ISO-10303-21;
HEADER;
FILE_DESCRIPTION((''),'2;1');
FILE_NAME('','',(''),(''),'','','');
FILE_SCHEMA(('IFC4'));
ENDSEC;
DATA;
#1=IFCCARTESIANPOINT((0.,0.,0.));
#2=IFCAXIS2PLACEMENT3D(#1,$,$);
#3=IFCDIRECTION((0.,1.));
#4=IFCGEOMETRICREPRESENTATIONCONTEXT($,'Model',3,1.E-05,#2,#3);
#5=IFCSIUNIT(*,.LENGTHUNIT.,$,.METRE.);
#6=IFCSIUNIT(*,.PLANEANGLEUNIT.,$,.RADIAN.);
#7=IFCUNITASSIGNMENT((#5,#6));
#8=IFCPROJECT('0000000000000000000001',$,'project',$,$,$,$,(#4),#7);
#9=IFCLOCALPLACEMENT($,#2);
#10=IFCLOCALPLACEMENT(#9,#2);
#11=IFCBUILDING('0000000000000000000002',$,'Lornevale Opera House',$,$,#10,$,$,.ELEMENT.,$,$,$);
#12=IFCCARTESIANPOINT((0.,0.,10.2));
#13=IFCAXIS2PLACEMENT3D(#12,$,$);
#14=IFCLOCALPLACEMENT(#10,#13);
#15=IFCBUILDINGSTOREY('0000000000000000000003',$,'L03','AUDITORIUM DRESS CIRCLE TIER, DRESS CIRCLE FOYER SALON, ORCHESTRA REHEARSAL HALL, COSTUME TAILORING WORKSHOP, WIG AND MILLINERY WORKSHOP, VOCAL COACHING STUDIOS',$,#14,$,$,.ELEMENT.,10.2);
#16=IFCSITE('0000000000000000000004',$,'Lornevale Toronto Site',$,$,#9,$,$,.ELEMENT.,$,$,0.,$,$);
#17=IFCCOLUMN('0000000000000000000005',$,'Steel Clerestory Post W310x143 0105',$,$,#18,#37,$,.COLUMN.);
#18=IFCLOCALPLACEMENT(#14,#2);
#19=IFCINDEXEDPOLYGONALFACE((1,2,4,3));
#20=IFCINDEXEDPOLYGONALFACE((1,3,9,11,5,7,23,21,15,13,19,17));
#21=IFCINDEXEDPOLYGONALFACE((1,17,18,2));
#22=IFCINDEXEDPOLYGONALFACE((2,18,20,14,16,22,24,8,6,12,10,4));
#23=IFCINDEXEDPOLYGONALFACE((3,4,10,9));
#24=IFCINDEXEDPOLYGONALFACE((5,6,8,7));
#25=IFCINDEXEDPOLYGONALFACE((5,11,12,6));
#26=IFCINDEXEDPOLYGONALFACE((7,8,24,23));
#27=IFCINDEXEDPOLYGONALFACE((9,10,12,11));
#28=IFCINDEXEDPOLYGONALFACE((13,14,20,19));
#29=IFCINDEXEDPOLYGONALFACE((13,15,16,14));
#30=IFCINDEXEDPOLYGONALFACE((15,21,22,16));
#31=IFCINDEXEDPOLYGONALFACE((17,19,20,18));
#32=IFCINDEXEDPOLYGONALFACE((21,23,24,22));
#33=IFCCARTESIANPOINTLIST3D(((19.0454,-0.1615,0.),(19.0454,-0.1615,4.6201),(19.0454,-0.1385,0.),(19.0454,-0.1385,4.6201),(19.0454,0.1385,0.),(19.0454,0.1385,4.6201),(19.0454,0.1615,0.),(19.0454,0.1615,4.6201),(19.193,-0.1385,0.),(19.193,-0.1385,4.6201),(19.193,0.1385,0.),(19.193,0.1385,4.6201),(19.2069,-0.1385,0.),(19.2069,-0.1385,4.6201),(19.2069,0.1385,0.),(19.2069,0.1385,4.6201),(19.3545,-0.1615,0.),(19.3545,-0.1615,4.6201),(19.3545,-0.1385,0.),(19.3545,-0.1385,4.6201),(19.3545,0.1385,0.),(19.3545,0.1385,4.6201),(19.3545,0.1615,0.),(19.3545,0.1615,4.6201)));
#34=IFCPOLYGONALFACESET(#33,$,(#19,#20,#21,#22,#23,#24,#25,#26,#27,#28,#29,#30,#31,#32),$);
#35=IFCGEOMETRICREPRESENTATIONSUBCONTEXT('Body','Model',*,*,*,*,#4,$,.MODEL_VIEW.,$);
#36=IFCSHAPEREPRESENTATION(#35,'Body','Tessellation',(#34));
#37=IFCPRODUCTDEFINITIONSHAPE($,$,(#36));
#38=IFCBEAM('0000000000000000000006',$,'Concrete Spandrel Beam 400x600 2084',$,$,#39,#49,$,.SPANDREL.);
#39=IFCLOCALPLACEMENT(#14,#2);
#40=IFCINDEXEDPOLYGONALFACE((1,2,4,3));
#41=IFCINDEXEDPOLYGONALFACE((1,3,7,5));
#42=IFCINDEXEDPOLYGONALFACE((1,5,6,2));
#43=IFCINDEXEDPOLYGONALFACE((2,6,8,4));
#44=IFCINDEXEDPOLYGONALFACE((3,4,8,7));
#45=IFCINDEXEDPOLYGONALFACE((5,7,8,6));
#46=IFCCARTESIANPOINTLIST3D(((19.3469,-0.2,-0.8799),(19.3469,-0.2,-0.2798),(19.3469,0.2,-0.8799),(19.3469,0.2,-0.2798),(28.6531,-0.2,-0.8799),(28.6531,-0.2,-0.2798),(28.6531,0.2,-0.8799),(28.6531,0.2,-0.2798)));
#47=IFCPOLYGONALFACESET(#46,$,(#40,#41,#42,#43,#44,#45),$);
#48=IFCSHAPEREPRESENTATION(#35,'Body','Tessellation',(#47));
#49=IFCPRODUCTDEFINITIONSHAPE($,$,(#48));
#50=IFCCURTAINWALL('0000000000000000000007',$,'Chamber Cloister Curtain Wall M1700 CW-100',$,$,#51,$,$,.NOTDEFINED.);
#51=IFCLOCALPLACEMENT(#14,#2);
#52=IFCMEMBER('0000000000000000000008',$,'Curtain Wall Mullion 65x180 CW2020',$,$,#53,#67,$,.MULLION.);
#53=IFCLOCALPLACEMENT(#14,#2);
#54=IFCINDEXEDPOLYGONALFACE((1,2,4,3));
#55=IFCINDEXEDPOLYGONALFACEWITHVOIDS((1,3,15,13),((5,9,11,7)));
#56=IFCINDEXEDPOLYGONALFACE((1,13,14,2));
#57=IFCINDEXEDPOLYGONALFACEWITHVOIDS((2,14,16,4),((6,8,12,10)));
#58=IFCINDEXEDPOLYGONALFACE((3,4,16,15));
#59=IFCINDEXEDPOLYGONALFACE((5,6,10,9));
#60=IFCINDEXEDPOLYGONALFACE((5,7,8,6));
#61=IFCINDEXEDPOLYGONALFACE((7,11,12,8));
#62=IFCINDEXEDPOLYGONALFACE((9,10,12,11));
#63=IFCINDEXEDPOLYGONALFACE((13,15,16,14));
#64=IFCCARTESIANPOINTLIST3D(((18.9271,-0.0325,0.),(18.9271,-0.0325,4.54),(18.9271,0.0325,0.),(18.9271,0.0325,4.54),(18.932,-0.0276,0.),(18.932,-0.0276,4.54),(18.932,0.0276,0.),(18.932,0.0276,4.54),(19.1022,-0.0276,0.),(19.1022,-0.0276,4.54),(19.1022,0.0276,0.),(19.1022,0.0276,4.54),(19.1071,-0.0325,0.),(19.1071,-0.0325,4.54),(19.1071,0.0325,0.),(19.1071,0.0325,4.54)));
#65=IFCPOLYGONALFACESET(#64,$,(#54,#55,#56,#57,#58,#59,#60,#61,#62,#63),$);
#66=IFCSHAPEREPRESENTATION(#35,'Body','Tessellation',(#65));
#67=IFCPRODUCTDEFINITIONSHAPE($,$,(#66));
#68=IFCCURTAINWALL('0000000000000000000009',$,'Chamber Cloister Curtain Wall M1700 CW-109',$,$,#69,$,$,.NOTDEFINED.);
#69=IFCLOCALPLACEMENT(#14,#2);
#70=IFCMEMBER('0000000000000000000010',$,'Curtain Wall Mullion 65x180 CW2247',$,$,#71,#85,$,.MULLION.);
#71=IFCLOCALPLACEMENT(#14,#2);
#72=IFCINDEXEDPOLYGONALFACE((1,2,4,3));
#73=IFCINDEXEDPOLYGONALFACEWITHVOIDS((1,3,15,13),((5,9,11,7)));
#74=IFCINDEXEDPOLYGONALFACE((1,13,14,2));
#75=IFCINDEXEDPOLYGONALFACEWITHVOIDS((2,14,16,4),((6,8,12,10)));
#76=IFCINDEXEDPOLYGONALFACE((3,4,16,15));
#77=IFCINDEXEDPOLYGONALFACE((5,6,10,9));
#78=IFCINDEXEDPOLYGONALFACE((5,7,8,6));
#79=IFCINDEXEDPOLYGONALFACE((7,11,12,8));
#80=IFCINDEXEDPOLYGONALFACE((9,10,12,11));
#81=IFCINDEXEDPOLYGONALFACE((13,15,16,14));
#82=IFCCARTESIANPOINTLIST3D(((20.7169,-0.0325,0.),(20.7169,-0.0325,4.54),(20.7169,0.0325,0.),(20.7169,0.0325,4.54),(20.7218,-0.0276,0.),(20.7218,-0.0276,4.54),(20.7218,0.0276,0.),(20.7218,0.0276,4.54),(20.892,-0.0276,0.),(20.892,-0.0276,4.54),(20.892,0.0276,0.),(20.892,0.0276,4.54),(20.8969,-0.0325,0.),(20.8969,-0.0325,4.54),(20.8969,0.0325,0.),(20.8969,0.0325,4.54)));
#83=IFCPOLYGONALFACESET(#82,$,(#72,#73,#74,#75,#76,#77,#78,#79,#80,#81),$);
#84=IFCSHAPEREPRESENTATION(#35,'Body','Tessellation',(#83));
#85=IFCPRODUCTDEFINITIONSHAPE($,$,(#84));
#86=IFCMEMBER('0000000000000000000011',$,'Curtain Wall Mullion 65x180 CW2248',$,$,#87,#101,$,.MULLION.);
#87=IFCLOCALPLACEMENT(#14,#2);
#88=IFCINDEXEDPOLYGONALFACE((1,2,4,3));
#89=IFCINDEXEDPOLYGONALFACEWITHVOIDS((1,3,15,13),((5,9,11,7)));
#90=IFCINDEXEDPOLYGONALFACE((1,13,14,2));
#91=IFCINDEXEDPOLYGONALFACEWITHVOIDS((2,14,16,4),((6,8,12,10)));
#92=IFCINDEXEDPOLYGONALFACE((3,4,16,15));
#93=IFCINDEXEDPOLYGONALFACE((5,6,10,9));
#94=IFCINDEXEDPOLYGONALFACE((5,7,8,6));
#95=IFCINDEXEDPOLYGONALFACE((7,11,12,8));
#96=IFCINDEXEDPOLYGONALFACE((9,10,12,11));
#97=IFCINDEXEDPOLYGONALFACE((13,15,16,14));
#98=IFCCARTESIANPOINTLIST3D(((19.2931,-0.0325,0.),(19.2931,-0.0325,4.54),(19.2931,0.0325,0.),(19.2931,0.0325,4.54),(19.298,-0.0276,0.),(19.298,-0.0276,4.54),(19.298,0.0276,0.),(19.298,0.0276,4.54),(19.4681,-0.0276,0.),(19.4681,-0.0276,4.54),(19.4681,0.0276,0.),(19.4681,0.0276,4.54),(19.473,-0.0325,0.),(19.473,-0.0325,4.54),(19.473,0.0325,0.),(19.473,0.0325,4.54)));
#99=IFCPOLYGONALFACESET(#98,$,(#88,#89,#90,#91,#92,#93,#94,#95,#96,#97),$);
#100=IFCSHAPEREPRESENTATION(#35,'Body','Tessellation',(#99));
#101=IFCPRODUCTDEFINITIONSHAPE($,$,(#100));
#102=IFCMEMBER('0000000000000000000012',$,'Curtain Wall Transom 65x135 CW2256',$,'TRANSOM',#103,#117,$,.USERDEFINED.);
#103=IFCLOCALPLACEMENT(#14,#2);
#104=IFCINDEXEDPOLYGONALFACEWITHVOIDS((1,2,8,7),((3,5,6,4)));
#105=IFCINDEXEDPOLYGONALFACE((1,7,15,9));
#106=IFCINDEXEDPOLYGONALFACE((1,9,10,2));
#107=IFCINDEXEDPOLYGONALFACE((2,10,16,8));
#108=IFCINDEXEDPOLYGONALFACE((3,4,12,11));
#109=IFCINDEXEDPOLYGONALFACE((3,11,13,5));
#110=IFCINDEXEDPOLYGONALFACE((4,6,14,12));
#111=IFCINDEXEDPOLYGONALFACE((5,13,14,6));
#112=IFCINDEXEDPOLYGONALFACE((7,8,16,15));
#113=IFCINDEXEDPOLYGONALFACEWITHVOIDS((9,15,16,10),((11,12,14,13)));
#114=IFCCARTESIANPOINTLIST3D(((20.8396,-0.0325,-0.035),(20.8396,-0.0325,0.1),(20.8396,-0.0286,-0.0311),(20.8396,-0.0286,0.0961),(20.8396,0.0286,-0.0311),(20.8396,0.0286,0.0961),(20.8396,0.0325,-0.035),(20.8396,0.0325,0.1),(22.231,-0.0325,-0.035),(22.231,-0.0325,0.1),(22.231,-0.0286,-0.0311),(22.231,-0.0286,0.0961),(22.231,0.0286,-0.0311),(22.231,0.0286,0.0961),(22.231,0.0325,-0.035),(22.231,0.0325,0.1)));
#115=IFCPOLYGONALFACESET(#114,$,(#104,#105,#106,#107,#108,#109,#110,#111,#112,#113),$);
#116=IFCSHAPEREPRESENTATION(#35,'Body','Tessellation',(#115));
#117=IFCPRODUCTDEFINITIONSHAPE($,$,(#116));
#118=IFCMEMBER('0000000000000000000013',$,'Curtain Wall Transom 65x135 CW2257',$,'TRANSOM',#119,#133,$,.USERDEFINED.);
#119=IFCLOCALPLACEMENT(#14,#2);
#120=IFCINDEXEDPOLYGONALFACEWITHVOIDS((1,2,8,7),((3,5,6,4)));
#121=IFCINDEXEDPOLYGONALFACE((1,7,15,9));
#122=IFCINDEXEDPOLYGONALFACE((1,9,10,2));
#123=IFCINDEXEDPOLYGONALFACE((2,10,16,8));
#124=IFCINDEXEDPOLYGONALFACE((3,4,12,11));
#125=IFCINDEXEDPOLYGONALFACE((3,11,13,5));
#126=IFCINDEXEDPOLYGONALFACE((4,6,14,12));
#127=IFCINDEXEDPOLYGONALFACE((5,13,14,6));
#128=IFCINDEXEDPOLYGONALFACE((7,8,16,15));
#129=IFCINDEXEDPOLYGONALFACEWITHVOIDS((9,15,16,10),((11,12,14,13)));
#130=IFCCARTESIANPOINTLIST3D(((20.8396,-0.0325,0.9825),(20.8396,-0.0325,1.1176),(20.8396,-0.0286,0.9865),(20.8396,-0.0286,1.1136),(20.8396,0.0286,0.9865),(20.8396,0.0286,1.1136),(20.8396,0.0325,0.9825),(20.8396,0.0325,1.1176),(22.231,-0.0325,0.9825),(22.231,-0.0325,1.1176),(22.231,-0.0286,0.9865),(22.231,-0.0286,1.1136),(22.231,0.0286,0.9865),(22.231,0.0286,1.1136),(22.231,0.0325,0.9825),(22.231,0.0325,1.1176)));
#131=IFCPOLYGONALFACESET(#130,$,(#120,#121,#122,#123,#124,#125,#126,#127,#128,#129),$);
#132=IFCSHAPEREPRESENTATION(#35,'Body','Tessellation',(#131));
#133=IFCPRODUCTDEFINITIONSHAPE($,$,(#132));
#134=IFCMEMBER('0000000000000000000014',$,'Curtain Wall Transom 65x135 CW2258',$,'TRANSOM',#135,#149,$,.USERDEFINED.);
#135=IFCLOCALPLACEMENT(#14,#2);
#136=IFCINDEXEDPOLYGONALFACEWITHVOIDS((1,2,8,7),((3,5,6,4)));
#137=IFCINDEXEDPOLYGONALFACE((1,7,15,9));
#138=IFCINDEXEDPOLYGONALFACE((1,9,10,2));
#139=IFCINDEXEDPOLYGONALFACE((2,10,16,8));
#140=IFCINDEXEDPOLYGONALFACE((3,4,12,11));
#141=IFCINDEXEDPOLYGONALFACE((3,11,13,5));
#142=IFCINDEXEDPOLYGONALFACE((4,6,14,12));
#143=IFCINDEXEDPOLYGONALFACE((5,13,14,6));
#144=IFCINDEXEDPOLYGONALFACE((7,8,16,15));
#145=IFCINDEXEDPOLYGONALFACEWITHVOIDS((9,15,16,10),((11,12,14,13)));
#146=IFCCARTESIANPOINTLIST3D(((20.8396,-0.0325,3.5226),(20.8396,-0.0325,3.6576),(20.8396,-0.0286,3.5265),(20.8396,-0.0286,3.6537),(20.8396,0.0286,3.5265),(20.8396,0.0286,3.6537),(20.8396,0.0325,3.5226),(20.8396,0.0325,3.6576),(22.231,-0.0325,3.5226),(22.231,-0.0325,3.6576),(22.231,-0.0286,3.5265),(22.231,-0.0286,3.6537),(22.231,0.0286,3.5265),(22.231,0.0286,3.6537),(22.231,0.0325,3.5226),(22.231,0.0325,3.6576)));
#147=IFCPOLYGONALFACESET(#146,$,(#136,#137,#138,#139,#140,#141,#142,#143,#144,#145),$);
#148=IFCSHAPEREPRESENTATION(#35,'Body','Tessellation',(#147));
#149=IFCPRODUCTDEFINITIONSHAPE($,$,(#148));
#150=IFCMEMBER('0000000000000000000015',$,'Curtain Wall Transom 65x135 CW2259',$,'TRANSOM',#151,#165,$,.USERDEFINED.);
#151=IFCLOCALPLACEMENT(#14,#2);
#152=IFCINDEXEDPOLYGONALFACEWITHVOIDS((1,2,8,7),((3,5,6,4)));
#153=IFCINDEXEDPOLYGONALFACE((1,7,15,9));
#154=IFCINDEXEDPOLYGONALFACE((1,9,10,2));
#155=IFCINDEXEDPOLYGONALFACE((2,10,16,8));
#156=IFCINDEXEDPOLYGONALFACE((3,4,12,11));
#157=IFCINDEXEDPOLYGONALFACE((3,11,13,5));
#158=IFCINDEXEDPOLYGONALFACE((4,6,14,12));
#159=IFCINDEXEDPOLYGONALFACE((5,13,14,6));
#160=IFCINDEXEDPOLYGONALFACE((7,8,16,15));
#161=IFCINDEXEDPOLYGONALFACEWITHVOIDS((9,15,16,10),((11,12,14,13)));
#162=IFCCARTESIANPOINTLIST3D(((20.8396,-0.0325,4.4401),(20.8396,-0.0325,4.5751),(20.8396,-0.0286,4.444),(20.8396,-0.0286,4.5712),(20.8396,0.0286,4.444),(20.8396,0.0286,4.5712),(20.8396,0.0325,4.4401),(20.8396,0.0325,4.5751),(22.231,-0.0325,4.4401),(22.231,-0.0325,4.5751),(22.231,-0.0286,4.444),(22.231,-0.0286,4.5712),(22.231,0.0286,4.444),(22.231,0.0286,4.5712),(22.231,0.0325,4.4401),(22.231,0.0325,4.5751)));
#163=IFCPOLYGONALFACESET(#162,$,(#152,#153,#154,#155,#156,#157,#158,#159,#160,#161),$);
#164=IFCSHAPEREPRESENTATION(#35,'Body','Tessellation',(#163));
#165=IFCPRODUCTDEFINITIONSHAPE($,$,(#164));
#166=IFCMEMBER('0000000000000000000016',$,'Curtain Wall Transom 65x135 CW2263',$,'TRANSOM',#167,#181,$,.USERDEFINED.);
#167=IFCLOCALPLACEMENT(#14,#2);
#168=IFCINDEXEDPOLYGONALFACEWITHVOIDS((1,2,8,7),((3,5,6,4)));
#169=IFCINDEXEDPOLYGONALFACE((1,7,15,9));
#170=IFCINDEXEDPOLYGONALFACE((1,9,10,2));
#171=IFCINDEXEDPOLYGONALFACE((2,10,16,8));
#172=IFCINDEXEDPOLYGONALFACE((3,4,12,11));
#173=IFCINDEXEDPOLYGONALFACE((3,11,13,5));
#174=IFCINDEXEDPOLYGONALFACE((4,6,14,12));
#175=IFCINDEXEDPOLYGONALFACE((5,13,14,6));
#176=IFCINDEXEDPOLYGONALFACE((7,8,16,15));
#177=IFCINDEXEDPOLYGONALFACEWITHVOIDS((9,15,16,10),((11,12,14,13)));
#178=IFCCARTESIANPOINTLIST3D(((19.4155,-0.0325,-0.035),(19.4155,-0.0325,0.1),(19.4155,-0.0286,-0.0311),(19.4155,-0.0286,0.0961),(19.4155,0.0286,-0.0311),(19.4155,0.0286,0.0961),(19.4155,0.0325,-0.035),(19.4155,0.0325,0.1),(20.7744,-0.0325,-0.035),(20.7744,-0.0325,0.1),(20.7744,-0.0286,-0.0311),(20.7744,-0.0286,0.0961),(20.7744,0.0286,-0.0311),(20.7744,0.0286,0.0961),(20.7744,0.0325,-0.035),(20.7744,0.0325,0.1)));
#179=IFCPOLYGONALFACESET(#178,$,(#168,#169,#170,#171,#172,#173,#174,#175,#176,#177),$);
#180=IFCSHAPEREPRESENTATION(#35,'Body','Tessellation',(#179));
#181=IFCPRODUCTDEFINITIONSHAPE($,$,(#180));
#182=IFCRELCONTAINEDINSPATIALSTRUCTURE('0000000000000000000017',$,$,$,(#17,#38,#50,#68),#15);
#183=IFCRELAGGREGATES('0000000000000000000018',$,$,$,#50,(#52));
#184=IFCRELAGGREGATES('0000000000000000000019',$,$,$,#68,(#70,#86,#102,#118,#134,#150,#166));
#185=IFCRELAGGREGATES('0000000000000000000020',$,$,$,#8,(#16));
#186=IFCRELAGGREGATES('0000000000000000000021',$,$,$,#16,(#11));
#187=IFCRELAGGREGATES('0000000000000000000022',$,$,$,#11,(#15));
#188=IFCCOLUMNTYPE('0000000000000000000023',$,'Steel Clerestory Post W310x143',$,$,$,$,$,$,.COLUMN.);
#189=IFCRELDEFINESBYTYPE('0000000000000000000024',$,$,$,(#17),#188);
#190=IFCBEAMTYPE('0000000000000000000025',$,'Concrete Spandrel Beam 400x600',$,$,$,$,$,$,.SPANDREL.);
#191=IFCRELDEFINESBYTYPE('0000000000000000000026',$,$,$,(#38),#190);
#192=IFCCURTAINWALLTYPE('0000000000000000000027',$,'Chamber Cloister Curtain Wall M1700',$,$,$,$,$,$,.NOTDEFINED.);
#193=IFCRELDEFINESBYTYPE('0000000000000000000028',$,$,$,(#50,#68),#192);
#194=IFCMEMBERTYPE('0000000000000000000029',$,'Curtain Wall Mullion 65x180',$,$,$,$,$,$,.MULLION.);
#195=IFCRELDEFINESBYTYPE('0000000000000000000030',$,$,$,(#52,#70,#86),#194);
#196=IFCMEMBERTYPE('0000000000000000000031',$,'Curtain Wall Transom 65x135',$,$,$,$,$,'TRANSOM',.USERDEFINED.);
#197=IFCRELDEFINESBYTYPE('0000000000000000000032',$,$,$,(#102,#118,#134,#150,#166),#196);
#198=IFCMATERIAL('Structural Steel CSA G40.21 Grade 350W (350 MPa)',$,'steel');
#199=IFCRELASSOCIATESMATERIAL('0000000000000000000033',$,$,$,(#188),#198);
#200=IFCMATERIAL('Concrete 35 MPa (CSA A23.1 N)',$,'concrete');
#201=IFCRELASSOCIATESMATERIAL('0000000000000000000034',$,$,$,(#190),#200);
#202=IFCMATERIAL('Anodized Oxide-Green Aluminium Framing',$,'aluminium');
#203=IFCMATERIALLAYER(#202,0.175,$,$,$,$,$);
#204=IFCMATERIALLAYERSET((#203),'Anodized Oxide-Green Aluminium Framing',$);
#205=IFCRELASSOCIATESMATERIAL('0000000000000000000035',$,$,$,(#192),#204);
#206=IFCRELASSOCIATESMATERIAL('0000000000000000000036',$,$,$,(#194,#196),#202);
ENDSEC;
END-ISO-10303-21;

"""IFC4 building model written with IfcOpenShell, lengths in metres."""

from ifc_helpers import new_model, si_unit, direction, frame, origin, origin_2d, place, context, subcontext, project, spatial, rectangle, hollow_rectangle, i_section, extrude, material, layer, layer_set, material_profile, profile_set, type_object, element, aggregate, save


model = new_model("IFC4")

# Units and contexts
model_context = context("Model", 3, precision=1e-05, world=origin(), true_north=direction((0.0, 1.0)))
body_context = subcontext(model_context, "Body", "Model", "MODEL_VIEW")
ifc_project = project(units=[si_unit("LENGTHUNIT", "METRE"), si_unit("PLANEANGLEUNIT", "RADIAN")], contexts=[model_context])

# Site, building, storey
site_placement = place(None, origin())
site = spatial("IfcSite", under=ifc_project, at=site_placement, Name="Lornevale Toronto Site", CompositionType="ELEMENT", RefElevation=0.0)
building_placement = place(site_placement, origin())
building = spatial("IfcBuilding", under=site, at=building_placement, Name="Lornevale Opera House", CompositionType="ELEMENT")
storey_placement = place(building_placement, frame((0.0, 0.0, 10.2)))
storey = spatial("IfcBuildingStorey", under=building, at=storey_placement, Name="L03", Description="AUDITORIUM DRESS CIRCLE TIER, DRESS CIRCLE FOYER SALON, ORCHESTRA REHEARSAL HALL, COSTUME TAILORING WORKSHOP, WIG AND MILLINERY WORKSHOP, VOCAL COACHING STUDIOS", CompositionType="ELEMENT", Elevation=10.2)

# Column
ifc_material_1 = material(Name="Structural Steel CSA G40.21 Grade 350W (350 MPa)", Category="steel")
ifc_material_profile_1 = material_profile(ifc_material_1, i_section(OverallWidth=0.3091, OverallDepth=0.323, WebThickness=0.0139, FlangeThickness=0.0229, at=origin_2d()), Name="W310x143")
ifc_profile_set_1 = profile_set([ifc_material_profile_1], Name="Structural Steel CSA G40.21 Grade 350W (350 MPa)")
column_type = type_object("IfcColumnType", Name="Steel Clerestory Post W310x143", PredefinedType="COLUMN", material=ifc_profile_set_1)
column_placement = place(storey_placement, frame((19.2, 0.0, 0.0), z_axis=(0.0, 0.0, 1.0), x_axis=(1.0, 0.0, 0.0)))
element("IfcColumn", 1, at=column_placement, inside=storey, type_object=column_type, Name="Steel Clerestory Post W310x143 0105", PredefinedType="COLUMN", context=body_context, shape_type="SweptSolid", body=[
    extrude(i_section(OverallWidth=0.3091, OverallDepth=0.323, WebThickness=0.0139, FlangeThickness=0.0229, at=origin_2d()), origin(), (0.0, 0.0, 1.0), 4.6201),
])

# Beam
ifc_material_2 = material(Name="Concrete 35 MPa (CSA A23.1 N)", Category="concrete")
ifc_material_profile_2 = material_profile(ifc_material_2, rectangle(XDim=0.3999, YDim=0.6001, at=origin_2d()), Name="RC400x600")
ifc_profile_set_2 = profile_set([ifc_material_profile_2], Name="Concrete 35 MPa (CSA A23.1 N)")
beam_type = type_object("IfcBeamType", Name="Concrete Spandrel Beam 400x600", PredefinedType="SPANDREL", material=ifc_profile_set_2)
beam_placement = place(storey_placement, frame((19.3469, 0.0, -0.5798), z_axis=(1.0, 0.0, 0.0), x_axis=(0.0, 1.0, 0.0)))
element("IfcBeam", 2, at=beam_placement, inside=storey, type_object=beam_type, Name="Concrete Spandrel Beam 400x600 2084", PredefinedType="SPANDREL", context=body_context, shape_type="SweptSolid", body=[
    extrude(rectangle(XDim=0.3999, YDim=0.6001, at=origin_2d()), origin(), (0.0, 0.0, 1.0), 9.3062),
])

# Curtain wall, member
ifc_material_3 = material(Name="Anodized Oxide-Green Aluminium Framing", Category="aluminium")
ifc_layer_1 = layer(ifc_material_3, 0.175)
ifc_layer_set_1 = layer_set([ifc_layer_1], Name="Anodized Oxide-Green Aluminium Framing")
curtain_wall_type = type_object("IfcCurtainWallType", Name="Chamber Cloister Curtain Wall M1700", PredefinedType="NOTDEFINED", material=ifc_layer_set_1)
curtain_wall_1_placement = place(storey_placement, origin())
curtain_wall_1 = element("IfcCurtainWall", 3, at=curtain_wall_1_placement, inside=storey, type_object=curtain_wall_type, Name="Chamber Cloister Curtain Wall M1700 CW-100", PredefinedType="NOTDEFINED")
ifc_material_profile_3 = material_profile(ifc_material_3, hollow_rectangle(XDim=0.0649, YDim=0.1799, WallThickness=0.0049, at=origin_2d()), Name="ALU65x180x5")
ifc_profile_set_3 = profile_set([ifc_material_profile_3], Name="Anodized Oxide-Green Aluminium Framing")
member_type_1 = type_object("IfcMemberType", Name="Curtain Wall Mullion 65x180", PredefinedType="MULLION", material=ifc_profile_set_3)
member_1_placement = place(storey_placement, frame((19.0171, 0.0, 0.0), z_axis=(0.0, 0.0, 1.0), x_axis=(0.0, -1.0, 0.0)))
member_1 = element("IfcMember", 4, at=member_1_placement, type_object=member_type_1, Name="Curtain Wall Mullion 65x180 CW2020", PredefinedType="MULLION", context=body_context, shape_type="SweptSolid", body=[
    extrude(hollow_rectangle(XDim=0.0649, YDim=0.1799, WallThickness=0.0049, at=origin_2d()), origin(), (0.0, 0.0, 1.0), 4.54),
])
aggregate(curtain_wall_1, [member_1])

# Curtain wall, members
curtain_wall_2_placement = place(storey_placement, origin())
curtain_wall_2 = element("IfcCurtainWall", 5, at=curtain_wall_2_placement, inside=storey, type_object=curtain_wall_type, Name="Chamber Cloister Curtain Wall M1700 CW-109", PredefinedType="NOTDEFINED")
member_2_placement = place(storey_placement, frame((20.8069, 0.0, 0.0), z_axis=(0.0, 0.0, 1.0), x_axis=(0.0, -1.0, 0.0)))
member_2 = element("IfcMember", 6, at=member_2_placement, type_object=member_type_1, Name="Curtain Wall Mullion 65x180 CW2247", PredefinedType="MULLION", context=body_context, shape_type="SweptSolid", body=[
    extrude(hollow_rectangle(XDim=0.0649, YDim=0.1799, WallThickness=0.0049, at=origin_2d()), origin(), (0.0, 0.0, 1.0), 4.54),
])
member_3_placement = place(storey_placement, frame((19.3831, 0.0, 0.0), z_axis=(0.0, 0.0, 1.0), x_axis=(0.0, -1.0, 0.0)))
member_3 = element("IfcMember", 7, at=member_3_placement, type_object=member_type_1, Name="Curtain Wall Mullion 65x180 CW2248", PredefinedType="MULLION", context=body_context, shape_type="SweptSolid", body=[
    extrude(hollow_rectangle(XDim=0.0649, YDim=0.1799, WallThickness=0.0049, at=origin_2d()), origin(), (0.0, 0.0, 1.0), 4.54),
])
ifc_material_profile_4 = material_profile(ifc_material_3, hollow_rectangle(XDim=0.0649, YDim=0.135, WallThickness=0.0039, at=origin_2d()), Name="ALU65x135x4")
ifc_profile_set_4 = profile_set([ifc_material_profile_4], Name="Anodized Oxide-Green Aluminium Framing")
member_type_2 = type_object("IfcMemberType", Name="Curtain Wall Transom 65x135", ElementType="TRANSOM", PredefinedType="USERDEFINED", material=ifc_profile_set_4)
member_4_placement = place(storey_placement, frame((22.231, 0.0, 0.0325), z_axis=(-1.0, 0.0, 0.0), x_axis=(0.0, -1.0, 0.0)))
member_4 = element("IfcMember", 8, at=member_4_placement, type_object=member_type_2, Name="Curtain Wall Transom 65x135 CW2256", ObjectType="TRANSOM", PredefinedType="USERDEFINED", context=body_context, shape_type="SweptSolid", body=[
    extrude(hollow_rectangle(XDim=0.0649, YDim=0.135, WallThickness=0.0039, at=origin_2d()), origin(), (0.0, 0.0, 1.0), 1.3914),
])
member_5_placement = place(storey_placement, frame((22.231, 0.0, 1.05), z_axis=(-1.0, 0.0, 0.0), x_axis=(0.0, -1.0, 0.0)))
member_5 = element("IfcMember", 9, at=member_5_placement, type_object=member_type_2, Name="Curtain Wall Transom 65x135 CW2257", ObjectType="TRANSOM", PredefinedType="USERDEFINED", context=body_context, shape_type="SweptSolid", body=[
    extrude(hollow_rectangle(XDim=0.0649, YDim=0.135, WallThickness=0.0039, at=origin_2d()), origin(), (0.0, 0.0, 1.0), 1.3914),
])
member_6_placement = place(storey_placement, frame((22.231, 0.0, 3.5901), z_axis=(-1.0, 0.0, 0.0), x_axis=(0.0, -1.0, 0.0)))
member_6 = element("IfcMember", 10, at=member_6_placement, type_object=member_type_2, Name="Curtain Wall Transom 65x135 CW2258", ObjectType="TRANSOM", PredefinedType="USERDEFINED", context=body_context, shape_type="SweptSolid", body=[
    extrude(hollow_rectangle(XDim=0.0649, YDim=0.135, WallThickness=0.0039, at=origin_2d()), origin(), (0.0, 0.0, 1.0), 1.3914),
])
member_7_placement = place(storey_placement, frame((22.231, 0.0, 4.5076), z_axis=(-1.0, 0.0, 0.0), x_axis=(0.0, -1.0, 0.0)))
member_7 = element("IfcMember", 11, at=member_7_placement, type_object=member_type_2, Name="Curtain Wall Transom 65x135 CW2259", ObjectType="TRANSOM", PredefinedType="USERDEFINED", context=body_context, shape_type="SweptSolid", body=[
    extrude(hollow_rectangle(XDim=0.0649, YDim=0.135, WallThickness=0.0039, at=origin_2d()), origin(), (0.0, 0.0, 1.0), 1.3914),
])
member_8_placement = place(storey_placement, frame((20.7744, 0.0, 0.0325), z_axis=(-1.0, 0.0, 0.0), x_axis=(0.0, -1.0, 0.0)))
member_8 = element("IfcMember", 12, at=member_8_placement, type_object=member_type_2, Name="Curtain Wall Transom 65x135 CW2263", ObjectType="TRANSOM", PredefinedType="USERDEFINED", context=body_context, shape_type="SweptSolid", body=[
    extrude(hollow_rectangle(XDim=0.0649, YDim=0.135, WallThickness=0.0039, at=origin_2d()), origin(), (0.0, 0.0, 1.0), 1.3589),
])
aggregate(curtain_wall_2, [member_2, member_3, member_4, member_5, member_6, member_7, member_8])

save(model, "model.ifc")
